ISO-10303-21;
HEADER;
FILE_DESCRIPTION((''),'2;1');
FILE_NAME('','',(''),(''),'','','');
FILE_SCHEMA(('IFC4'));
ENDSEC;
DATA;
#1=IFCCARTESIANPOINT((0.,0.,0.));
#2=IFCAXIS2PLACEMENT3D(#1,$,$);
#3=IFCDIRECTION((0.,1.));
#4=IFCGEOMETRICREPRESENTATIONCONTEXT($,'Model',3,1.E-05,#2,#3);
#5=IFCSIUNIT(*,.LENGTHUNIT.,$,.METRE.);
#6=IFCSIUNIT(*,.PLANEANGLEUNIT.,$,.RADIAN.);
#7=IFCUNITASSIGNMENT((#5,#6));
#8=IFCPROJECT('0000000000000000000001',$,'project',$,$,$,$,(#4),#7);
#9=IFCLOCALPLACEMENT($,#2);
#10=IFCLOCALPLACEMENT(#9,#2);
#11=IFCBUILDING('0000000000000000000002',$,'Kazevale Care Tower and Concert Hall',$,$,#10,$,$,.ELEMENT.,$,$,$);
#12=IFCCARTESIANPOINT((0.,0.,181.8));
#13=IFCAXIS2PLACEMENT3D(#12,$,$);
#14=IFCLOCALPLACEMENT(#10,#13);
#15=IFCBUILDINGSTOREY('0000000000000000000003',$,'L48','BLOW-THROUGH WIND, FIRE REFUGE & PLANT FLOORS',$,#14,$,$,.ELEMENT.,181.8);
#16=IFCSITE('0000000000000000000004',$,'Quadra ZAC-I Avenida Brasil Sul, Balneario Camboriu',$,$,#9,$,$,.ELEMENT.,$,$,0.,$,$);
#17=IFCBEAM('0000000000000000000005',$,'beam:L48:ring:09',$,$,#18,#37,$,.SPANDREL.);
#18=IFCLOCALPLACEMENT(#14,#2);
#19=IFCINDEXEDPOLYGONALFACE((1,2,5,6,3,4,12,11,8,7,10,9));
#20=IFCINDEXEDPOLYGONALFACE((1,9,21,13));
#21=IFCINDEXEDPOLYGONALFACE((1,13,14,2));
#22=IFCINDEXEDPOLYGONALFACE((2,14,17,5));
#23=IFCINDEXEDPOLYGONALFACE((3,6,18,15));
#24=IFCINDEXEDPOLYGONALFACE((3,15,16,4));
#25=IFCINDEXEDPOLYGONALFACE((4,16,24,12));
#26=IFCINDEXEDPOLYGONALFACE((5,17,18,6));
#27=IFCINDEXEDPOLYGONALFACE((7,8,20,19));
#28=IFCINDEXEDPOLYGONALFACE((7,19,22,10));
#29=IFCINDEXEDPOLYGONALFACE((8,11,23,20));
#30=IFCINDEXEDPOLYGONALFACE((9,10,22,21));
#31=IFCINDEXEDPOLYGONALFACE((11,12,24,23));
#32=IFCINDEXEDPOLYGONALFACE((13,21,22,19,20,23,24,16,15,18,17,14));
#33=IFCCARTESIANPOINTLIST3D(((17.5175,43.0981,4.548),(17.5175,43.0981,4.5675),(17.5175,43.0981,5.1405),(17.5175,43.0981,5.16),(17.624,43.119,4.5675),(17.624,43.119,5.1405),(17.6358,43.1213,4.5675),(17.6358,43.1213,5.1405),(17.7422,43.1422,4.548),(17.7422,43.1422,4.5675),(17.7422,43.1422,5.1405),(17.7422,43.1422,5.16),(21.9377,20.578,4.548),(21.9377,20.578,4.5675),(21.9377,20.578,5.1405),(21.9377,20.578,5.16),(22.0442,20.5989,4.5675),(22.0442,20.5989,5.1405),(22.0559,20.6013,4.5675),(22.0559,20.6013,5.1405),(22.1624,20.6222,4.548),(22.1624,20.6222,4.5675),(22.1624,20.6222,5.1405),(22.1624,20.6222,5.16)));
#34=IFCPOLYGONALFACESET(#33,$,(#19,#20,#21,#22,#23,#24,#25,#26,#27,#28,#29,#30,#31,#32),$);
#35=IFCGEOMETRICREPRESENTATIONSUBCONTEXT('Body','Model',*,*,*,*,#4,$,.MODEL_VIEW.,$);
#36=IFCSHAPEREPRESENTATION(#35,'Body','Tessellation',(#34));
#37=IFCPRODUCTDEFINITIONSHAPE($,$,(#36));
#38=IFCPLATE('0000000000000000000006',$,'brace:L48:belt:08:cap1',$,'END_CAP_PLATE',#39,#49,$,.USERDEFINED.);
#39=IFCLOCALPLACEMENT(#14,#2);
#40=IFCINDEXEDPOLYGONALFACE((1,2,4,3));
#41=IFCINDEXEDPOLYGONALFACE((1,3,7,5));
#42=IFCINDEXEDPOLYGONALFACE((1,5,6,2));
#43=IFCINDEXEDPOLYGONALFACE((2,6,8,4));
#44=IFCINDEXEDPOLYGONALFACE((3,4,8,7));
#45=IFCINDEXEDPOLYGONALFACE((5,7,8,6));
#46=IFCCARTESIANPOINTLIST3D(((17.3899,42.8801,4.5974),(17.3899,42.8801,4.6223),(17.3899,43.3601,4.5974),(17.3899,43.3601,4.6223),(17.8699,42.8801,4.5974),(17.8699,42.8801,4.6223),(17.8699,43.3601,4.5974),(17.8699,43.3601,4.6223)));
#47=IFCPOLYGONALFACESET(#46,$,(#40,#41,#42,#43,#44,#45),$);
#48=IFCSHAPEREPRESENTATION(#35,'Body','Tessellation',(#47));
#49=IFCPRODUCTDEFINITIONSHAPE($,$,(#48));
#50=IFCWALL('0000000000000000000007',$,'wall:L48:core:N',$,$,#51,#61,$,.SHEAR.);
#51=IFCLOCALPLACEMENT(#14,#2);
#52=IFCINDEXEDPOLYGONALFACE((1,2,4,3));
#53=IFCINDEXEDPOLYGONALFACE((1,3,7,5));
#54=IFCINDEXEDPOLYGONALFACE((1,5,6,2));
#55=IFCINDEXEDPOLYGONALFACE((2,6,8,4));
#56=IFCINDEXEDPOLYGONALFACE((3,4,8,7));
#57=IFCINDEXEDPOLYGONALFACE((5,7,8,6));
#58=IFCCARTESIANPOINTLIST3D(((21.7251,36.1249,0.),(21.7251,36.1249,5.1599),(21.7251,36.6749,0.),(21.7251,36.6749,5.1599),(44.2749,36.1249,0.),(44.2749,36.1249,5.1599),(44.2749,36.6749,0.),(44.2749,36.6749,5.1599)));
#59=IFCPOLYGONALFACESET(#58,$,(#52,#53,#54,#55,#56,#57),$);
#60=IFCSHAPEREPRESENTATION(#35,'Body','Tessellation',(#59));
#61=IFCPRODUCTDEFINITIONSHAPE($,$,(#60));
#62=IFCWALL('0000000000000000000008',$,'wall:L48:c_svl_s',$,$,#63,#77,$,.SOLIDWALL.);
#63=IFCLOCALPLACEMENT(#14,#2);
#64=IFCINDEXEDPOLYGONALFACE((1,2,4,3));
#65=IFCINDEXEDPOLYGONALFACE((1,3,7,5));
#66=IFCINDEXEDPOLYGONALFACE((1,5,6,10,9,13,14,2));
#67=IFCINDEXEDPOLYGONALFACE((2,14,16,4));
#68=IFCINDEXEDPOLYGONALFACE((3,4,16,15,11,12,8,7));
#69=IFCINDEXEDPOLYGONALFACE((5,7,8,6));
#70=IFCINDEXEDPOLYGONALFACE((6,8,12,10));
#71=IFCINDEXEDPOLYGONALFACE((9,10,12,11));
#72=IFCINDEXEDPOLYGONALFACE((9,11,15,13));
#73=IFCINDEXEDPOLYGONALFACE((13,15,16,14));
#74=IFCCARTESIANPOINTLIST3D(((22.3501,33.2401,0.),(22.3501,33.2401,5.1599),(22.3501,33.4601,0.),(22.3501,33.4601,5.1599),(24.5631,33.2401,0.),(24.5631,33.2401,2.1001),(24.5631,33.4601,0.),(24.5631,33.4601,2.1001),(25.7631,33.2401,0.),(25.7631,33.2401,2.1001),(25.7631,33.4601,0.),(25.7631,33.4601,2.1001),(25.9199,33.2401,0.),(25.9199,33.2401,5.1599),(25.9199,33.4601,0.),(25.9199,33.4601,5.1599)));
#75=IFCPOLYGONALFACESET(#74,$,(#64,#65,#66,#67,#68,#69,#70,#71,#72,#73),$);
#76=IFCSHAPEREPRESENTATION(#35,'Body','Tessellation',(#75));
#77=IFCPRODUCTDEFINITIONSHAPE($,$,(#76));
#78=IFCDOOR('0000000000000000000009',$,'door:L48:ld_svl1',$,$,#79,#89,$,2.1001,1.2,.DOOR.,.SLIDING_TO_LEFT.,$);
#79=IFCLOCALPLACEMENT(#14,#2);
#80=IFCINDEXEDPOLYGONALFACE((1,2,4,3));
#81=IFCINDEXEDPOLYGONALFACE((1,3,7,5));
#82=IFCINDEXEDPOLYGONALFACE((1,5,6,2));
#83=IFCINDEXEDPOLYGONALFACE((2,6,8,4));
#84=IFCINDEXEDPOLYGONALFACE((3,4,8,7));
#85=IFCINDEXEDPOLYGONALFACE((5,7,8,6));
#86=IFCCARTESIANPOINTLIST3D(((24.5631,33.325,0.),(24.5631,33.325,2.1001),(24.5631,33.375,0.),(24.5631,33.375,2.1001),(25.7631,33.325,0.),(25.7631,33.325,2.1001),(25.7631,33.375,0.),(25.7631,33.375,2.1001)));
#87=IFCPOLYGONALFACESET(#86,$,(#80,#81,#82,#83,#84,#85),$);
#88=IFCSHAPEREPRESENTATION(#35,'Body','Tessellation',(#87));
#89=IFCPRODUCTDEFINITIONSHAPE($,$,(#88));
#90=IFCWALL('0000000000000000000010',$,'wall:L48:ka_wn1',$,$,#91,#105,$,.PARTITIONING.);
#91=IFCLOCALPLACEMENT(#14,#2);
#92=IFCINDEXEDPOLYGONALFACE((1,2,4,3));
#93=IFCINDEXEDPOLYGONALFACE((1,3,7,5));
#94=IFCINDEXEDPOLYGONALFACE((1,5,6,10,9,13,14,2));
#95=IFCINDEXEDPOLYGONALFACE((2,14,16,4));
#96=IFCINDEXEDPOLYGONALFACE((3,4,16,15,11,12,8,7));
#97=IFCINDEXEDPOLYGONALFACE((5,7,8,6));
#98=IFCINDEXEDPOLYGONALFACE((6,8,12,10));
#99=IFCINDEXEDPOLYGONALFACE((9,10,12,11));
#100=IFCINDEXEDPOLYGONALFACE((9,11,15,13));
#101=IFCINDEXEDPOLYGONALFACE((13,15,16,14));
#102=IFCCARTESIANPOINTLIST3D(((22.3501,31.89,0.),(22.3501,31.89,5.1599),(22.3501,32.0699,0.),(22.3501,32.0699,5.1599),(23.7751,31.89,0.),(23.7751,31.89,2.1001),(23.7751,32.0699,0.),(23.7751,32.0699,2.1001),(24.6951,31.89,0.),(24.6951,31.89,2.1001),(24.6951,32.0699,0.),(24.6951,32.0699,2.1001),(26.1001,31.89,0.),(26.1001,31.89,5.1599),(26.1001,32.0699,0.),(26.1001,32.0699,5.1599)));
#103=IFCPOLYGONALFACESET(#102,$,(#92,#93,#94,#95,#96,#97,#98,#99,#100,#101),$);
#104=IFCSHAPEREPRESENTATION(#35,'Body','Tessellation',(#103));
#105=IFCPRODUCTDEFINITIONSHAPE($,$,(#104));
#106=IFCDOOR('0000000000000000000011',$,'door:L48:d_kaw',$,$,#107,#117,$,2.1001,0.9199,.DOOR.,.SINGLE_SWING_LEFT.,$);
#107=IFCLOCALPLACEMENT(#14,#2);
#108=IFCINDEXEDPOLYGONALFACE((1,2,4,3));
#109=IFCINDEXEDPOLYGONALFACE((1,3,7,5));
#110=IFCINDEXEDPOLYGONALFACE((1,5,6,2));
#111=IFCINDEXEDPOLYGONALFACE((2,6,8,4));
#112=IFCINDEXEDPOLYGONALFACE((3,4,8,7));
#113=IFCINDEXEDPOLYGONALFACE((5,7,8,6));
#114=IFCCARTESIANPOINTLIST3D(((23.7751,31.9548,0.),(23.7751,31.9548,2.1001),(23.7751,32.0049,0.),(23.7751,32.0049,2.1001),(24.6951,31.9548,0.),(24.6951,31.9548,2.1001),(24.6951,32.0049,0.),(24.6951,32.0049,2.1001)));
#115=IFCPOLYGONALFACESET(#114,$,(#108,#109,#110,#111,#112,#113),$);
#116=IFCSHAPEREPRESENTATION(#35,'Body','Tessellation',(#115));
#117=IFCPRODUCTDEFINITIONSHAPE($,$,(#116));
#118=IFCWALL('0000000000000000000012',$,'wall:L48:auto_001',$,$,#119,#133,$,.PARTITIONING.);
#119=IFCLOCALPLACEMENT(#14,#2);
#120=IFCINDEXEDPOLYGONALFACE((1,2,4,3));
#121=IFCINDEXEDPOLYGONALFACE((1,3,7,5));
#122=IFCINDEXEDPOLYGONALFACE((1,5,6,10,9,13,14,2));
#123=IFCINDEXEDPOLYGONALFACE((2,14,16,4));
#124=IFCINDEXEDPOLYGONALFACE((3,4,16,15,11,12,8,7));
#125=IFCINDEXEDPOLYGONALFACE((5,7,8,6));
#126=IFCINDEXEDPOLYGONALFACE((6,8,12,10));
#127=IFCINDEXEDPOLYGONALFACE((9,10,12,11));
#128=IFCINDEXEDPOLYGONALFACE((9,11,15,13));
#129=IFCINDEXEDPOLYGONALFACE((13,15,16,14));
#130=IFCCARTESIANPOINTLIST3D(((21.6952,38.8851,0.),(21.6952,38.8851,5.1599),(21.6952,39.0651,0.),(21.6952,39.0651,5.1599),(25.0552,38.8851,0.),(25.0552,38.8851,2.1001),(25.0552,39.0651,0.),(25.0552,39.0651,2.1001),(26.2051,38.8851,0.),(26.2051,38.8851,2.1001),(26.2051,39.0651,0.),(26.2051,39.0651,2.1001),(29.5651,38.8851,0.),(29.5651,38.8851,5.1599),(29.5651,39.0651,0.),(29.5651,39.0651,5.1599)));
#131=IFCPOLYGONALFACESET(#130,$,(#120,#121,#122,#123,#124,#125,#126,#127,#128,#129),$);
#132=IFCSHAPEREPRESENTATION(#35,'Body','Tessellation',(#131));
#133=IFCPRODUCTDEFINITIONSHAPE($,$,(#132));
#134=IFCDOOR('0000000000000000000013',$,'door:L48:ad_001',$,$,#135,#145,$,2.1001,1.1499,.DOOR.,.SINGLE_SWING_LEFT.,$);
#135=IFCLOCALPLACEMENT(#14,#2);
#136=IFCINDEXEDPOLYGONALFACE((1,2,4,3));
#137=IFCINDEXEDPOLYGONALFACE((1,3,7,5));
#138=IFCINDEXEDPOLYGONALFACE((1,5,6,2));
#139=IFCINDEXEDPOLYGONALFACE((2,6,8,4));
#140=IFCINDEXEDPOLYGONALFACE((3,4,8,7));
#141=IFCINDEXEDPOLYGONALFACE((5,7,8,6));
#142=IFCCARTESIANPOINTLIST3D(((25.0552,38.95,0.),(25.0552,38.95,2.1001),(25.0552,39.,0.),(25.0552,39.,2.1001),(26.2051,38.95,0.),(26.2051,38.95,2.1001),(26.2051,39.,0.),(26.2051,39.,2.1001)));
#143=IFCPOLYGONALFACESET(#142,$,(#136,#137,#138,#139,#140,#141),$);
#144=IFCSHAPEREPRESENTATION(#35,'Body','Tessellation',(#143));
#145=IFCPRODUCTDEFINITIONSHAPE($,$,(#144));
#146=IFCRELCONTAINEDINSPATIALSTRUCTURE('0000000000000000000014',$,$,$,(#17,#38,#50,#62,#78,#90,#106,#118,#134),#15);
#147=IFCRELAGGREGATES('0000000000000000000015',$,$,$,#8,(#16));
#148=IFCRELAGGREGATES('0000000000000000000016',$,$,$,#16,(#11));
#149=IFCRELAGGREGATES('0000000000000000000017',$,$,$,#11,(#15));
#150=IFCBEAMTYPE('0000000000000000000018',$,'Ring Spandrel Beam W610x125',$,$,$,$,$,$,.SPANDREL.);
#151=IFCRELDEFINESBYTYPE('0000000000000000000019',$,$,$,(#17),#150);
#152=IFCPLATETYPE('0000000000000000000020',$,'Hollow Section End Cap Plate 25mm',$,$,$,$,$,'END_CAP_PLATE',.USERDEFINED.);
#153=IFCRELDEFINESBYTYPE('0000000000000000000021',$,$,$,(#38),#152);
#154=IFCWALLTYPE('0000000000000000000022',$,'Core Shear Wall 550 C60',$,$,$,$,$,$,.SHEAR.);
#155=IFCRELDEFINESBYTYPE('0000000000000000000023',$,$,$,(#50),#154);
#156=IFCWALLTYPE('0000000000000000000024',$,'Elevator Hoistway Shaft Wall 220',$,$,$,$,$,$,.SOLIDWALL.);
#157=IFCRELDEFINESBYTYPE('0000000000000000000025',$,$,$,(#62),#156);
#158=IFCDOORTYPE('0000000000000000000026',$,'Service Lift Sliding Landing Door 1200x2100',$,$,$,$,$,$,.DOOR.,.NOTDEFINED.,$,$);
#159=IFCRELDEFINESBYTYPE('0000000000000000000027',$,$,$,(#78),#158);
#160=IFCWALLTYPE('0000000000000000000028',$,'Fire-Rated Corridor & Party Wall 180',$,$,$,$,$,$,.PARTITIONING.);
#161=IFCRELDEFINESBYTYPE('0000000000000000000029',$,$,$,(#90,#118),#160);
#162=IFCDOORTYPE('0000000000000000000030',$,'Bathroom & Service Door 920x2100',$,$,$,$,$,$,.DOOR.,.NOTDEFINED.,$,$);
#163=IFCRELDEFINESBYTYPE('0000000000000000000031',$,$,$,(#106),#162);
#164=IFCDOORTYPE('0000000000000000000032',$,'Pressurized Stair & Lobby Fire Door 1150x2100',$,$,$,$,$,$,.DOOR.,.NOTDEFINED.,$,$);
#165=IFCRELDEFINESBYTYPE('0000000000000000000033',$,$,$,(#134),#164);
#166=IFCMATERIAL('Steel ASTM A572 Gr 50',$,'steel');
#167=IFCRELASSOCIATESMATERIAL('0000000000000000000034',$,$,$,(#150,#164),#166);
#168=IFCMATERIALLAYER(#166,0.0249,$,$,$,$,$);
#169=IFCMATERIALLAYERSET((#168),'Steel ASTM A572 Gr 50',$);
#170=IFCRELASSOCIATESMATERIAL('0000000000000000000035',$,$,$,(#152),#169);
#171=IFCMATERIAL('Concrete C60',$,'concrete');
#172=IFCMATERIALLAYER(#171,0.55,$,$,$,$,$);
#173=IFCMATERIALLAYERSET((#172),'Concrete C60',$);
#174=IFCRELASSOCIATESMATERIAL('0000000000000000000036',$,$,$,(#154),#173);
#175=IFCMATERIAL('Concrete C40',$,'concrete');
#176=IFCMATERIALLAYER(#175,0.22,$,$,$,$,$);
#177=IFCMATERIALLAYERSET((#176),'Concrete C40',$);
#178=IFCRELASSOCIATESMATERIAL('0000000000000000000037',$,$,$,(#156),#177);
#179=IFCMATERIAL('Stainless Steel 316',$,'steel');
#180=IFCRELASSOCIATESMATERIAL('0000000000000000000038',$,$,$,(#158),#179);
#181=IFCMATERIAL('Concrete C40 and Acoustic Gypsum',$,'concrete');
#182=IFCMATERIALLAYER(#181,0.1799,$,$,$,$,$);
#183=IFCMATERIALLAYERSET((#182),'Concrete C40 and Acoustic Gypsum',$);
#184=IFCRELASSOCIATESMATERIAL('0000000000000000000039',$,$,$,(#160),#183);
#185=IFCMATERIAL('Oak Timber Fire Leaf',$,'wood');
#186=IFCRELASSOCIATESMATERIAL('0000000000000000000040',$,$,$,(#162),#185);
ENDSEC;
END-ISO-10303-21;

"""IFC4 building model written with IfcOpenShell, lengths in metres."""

from ifc_helpers import new_model, si_unit, direction, frame, frame_2d, origin, origin_2d, place, context, subcontext, project, spatial, rectangle, i_section, extrude, material, layer, layer_set, material_profile, profile_set, type_object, element, fill, save


model = new_model("IFC4")

# Units and contexts
model_context = context("Model", 3, precision=1e-05, world=origin(), true_north=direction((0.0, 1.0)))
body_context = subcontext(model_context, "Body", "Model", "MODEL_VIEW")
ifc_project = project(units=[si_unit("LENGTHUNIT", "METRE"), si_unit("PLANEANGLEUNIT", "RADIAN")], contexts=[model_context])

# Site, building, storey
site_placement = place(None, origin())
site = spatial("IfcSite", under=ifc_project, at=site_placement, Name="Quadra ZAC-I Avenida Brasil Sul, Balneario Camboriu", CompositionType="ELEMENT", RefElevation=0.0)
building_placement = place(site_placement, origin())
building = spatial("IfcBuilding", under=site, at=building_placement, Name="Kazevale Care Tower and Concert Hall", CompositionType="ELEMENT")
storey_placement = place(building_placement, frame((0.0, 0.0, 181.8)))
storey = spatial("IfcBuildingStorey", under=building, at=storey_placement, Name="L48", Description="BLOW-THROUGH WIND, FIRE REFUGE & PLANT FLOORS", CompositionType="ELEMENT", Elevation=181.8)

# Shared definitions
ifc_material_1 = material(Name="Concrete C60", Category="concrete")

# Shared definitions
ifc_material_2 = material(Name="Steel ASTM A572 Gr 50", Category="steel")

# Beam
ifc_material_profile_1 = material_profile(ifc_material_2, i_section(OverallWidth=0.229, OverallDepth=0.6121, WebThickness=0.012, FlangeThickness=0.0195, at=origin_2d()), Name="W610x125")
ifc_profile_set_1 = profile_set([ifc_material_profile_1], Name="Steel ASTM A572 Gr 50")
beam_type_1 = type_object("IfcBeamType", Name="Ring Spandrel Beam W610x125", PredefinedType="SPANDREL", material=ifc_profile_set_1)
beam_1_placement = place(storey_placement, frame((17.6299, 43.1201, 4.854), z_axis=(0.192602, -0.981277, 0.0), x_axis=(0.981277, 0.192602, 0.0)))
element("IfcBeam", 1, at=beam_1_placement, inside=storey, type_object=beam_type_1, Name="beam:L48:ring:09", PredefinedType="SPANDREL", context=body_context, shape_type="SweptSolid", body=[
    extrude(i_section(OverallWidth=0.229, OverallDepth=0.6121, WebThickness=0.012, FlangeThickness=0.0195, at=origin_2d()), origin(), (0.0, 0.0, 1.0), 22.9497),
])

# Plate
ifc_layer_1 = layer(ifc_material_2, 0.0249)
ifc_layer_set_1 = layer_set([ifc_layer_1], Name="Steel ASTM A572 Gr 50")
plate_type = type_object("IfcPlateType", Name="Hollow Section End Cap Plate 25mm", ElementType="END_CAP_PLATE", PredefinedType="USERDEFINED", material=ifc_layer_set_1)
plate_placement = place(storey_placement, frame((17.6299, 43.1201, 4.5974), z_axis=(0.0, 0.0, 1.0), x_axis=(1.0, 0.0, 0.0)))
element("IfcPlate", 2, at=plate_placement, inside=storey, type_object=plate_type, Name="brace:L48:belt:08:cap1", ObjectType="END_CAP_PLATE", PredefinedType="USERDEFINED", context=body_context, shape_type="SweptSolid", body=[
    extrude(rectangle(XDim=0.48, YDim=0.48, at=origin_2d()), origin(), (0.0, 0.0, 1.0), 0.0249),
])

# Wall
ifc_layer_2 = layer(ifc_material_1, 0.55)
ifc_layer_set_2 = layer_set([ifc_layer_2], Name="Concrete C60")
wall_type_1 = type_object("IfcWallType", Name="Core Shear Wall 550 C60", PredefinedType="SHEAR", material=ifc_layer_set_2)
wall_1_placement = place(storey_placement, frame((21.7251, 36.3999, 0.0), z_axis=(0.0, 0.0, 1.0), x_axis=(1.0, 0.0, 0.0)))
element("IfcWall", 3, at=wall_1_placement, inside=storey, type_object=wall_type_1, Name="wall:L48:core:N", PredefinedType="SHEAR", context=body_context, shape_type="SweptSolid", body=[
    extrude(rectangle(XDim=22.5498, YDim=0.55, at=frame_2d((11.2749, 0.0))), origin(), (0.0, 0.0, 1.0), 5.1599),
])

# Walls, openings, doors
ifc_material_3 = material(Name="Concrete C40", Category="concrete")
ifc_layer_3 = layer(ifc_material_3, 0.22)
ifc_layer_set_3 = layer_set([ifc_layer_3], Name="Concrete C40")
wall_type_2 = type_object("IfcWallType", Name="Elevator Hoistway Shaft Wall 220", PredefinedType="SOLIDWALL", material=ifc_layer_set_3)
wall_2_placement = place(storey_placement, frame((22.3501, 33.3501, 0.0), z_axis=(0.0, 0.0, 1.0), x_axis=(1.0, 0.0, 0.0)))
wall_2 = element("IfcWall", 4, at=wall_2_placement, inside=storey, type_object=wall_type_2, Name="wall:L48:c_svl_s", PredefinedType="SOLIDWALL", context=body_context, shape_type="SweptSolid", body=[
    extrude(rectangle(XDim=3.5698, YDim=0.22, at=frame_2d((1.7849, 0.0))), origin(), (0.0, 0.0, 1.0), 5.1599),
])
opening_1_placement = place(wall_2_placement, frame((2.2129, 0.0, 0.0)))
opening_1 = element("IfcOpeningElement", 5, at=opening_1_placement, cuts=wall_2, PredefinedType="OPENING", context=body_context, shape_type="SweptSolid", body=[
    extrude(rectangle(XDim=1.2, YDim=2.1001, at=frame_2d((0.6001, 1.05))), frame((0.0, 0.1199, 0.0), z_axis=(0.0, -1.0, 0.0), x_axis=(1.0, 0.0, 0.0)), (0.0, 0.0, 1.0), 0.24),
])
ifc_material_4 = material(Name="Stainless Steel 316", Category="steel")
door_type_1 = type_object("IfcDoorType", Name="Service Lift Sliding Landing Door 1200x2100", OperationType="NOTDEFINED", PredefinedType="DOOR", material=ifc_material_4)
door_1_placement = place(opening_1_placement, origin())
door_1 = element("IfcDoor", 6, at=door_1_placement, inside=storey, type_object=door_type_1, Name="door:L48:ld_svl1", OperationType="SLIDING_TO_LEFT", OverallHeight=2.1001, OverallWidth=1.2, PredefinedType="DOOR", context=body_context, shape_type="SweptSolid", body=[
    extrude(rectangle(XDim=1.2, YDim=2.1001, at=frame_2d((0.6001, 1.05))), frame((0.0, 0.0249, 0.0), z_axis=(0.0, -1.0, 0.0), x_axis=(1.0, 0.0, 0.0)), (0.0, 0.0, 1.0), 0.05),
])
fill(opening_1, door_1)
ifc_material_5 = material(Name="Concrete C40 and Acoustic Gypsum", Category="concrete")
ifc_layer_4 = layer(ifc_material_5, 0.1799)
ifc_layer_set_4 = layer_set([ifc_layer_4], Name="Concrete C40 and Acoustic Gypsum")
wall_type_3 = type_object("IfcWallType", Name="Fire-Rated Corridor & Party Wall 180", PredefinedType="PARTITIONING", material=ifc_layer_set_4)
wall_3_placement = place(storey_placement, frame((22.3501, 31.98, 0.0), z_axis=(0.0, 0.0, 1.0), x_axis=(1.0, 0.0, 0.0)))
wall_3 = element("IfcWall", 7, at=wall_3_placement, inside=storey, type_object=wall_type_3, Name="wall:L48:ka_wn1", PredefinedType="PARTITIONING", context=body_context, shape_type="SweptSolid", body=[
    extrude(rectangle(XDim=3.75, YDim=0.1799, at=frame_2d((1.875, 0.0))), origin(), (0.0, 0.0, 1.0), 5.1599),
])
opening_2_placement = place(wall_3_placement, frame((1.425, 0.0, 0.0)))
opening_2 = element("IfcOpeningElement", 8, at=opening_2_placement, cuts=wall_3, PredefinedType="OPENING", context=body_context, shape_type="SweptSolid", body=[
    extrude(rectangle(XDim=0.9199, YDim=2.1001, at=frame_2d((0.46, 1.05))), frame((0.0, 0.0999, 0.0), z_axis=(0.0, -1.0, 0.0), x_axis=(1.0, 0.0, 0.0)), (0.0, 0.0, 1.0), 0.2),
])
ifc_material_6 = material(Name="Oak Timber Fire Leaf", Category="wood")
door_type_2 = type_object("IfcDoorType", Name="Bathroom & Service Door 920x2100", OperationType="NOTDEFINED", PredefinedType="DOOR", material=ifc_material_6)
door_2_placement = place(opening_2_placement, origin())
door_2 = element("IfcDoor", 9, at=door_2_placement, inside=storey, type_object=door_type_2, Name="door:L48:d_kaw", OperationType="SINGLE_SWING_LEFT", OverallHeight=2.1001, OverallWidth=0.9199, PredefinedType="DOOR", context=body_context, shape_type="SweptSolid", body=[
    extrude(rectangle(XDim=0.9199, YDim=2.1001, at=frame_2d((0.46, 1.05))), frame((0.0, 0.0249, 0.0), z_axis=(0.0, -1.0, 0.0), x_axis=(1.0, 0.0, 0.0)), (0.0, 0.0, 1.0), 0.05),
])
fill(opening_2, door_2)
wall_4_placement = place(storey_placement, frame((21.6951, 38.9751, 0.0), z_axis=(0.0, 0.0, 1.0), x_axis=(1.0, 0.0, 0.0)))
wall_4 = element("IfcWall", 10, at=wall_4_placement, inside=storey, type_object=wall_type_3, Name="wall:L48:auto_001", PredefinedType="PARTITIONING", context=body_context, shape_type="SweptSolid", body=[
    extrude(rectangle(XDim=7.8699, YDim=0.1799, at=frame_2d((3.9351, 0.0))), origin(), (0.0, 0.0, 1.0), 5.1599),
])
opening_3_placement = place(wall_4_placement, frame((3.3601, 0.0, 0.0)))
opening_3 = element("IfcOpeningElement", 11, at=opening_3_placement, cuts=wall_4, PredefinedType="OPENING", context=body_context, shape_type="SweptSolid", body=[
    extrude(rectangle(XDim=1.1499, YDim=2.1001, at=frame_2d((0.575, 1.05))), frame((0.0, 0.0999, 0.0), z_axis=(0.0, -1.0, 0.0), x_axis=(1.0, 0.0, 0.0)), (0.0, 0.0, 1.0), 0.2),
])
door_type_3 = type_object("IfcDoorType", Name="Pressurized Stair & Lobby Fire Door 1150x2100", OperationType="NOTDEFINED", PredefinedType="DOOR", material=ifc_material_2)
door_3_placement = place(opening_3_placement, origin())
door_3 = element("IfcDoor", 12, at=door_3_placement, inside=storey, type_object=door_type_3, Name="door:L48:ad_001", OperationType="SINGLE_SWING_LEFT", OverallHeight=2.1001, OverallWidth=1.1499, PredefinedType="DOOR", context=body_context, shape_type="SweptSolid", body=[
    extrude(rectangle(XDim=1.1499, YDim=2.1001, at=frame_2d((0.575, 1.05))), frame((0.0, 0.0249, 0.0), z_axis=(0.0, -1.0, 0.0), x_axis=(1.0, 0.0, 0.0)), (0.0, 0.0, 1.0), 0.05),
])
fill(opening_3, door_3)

save(model, "model.ifc")
